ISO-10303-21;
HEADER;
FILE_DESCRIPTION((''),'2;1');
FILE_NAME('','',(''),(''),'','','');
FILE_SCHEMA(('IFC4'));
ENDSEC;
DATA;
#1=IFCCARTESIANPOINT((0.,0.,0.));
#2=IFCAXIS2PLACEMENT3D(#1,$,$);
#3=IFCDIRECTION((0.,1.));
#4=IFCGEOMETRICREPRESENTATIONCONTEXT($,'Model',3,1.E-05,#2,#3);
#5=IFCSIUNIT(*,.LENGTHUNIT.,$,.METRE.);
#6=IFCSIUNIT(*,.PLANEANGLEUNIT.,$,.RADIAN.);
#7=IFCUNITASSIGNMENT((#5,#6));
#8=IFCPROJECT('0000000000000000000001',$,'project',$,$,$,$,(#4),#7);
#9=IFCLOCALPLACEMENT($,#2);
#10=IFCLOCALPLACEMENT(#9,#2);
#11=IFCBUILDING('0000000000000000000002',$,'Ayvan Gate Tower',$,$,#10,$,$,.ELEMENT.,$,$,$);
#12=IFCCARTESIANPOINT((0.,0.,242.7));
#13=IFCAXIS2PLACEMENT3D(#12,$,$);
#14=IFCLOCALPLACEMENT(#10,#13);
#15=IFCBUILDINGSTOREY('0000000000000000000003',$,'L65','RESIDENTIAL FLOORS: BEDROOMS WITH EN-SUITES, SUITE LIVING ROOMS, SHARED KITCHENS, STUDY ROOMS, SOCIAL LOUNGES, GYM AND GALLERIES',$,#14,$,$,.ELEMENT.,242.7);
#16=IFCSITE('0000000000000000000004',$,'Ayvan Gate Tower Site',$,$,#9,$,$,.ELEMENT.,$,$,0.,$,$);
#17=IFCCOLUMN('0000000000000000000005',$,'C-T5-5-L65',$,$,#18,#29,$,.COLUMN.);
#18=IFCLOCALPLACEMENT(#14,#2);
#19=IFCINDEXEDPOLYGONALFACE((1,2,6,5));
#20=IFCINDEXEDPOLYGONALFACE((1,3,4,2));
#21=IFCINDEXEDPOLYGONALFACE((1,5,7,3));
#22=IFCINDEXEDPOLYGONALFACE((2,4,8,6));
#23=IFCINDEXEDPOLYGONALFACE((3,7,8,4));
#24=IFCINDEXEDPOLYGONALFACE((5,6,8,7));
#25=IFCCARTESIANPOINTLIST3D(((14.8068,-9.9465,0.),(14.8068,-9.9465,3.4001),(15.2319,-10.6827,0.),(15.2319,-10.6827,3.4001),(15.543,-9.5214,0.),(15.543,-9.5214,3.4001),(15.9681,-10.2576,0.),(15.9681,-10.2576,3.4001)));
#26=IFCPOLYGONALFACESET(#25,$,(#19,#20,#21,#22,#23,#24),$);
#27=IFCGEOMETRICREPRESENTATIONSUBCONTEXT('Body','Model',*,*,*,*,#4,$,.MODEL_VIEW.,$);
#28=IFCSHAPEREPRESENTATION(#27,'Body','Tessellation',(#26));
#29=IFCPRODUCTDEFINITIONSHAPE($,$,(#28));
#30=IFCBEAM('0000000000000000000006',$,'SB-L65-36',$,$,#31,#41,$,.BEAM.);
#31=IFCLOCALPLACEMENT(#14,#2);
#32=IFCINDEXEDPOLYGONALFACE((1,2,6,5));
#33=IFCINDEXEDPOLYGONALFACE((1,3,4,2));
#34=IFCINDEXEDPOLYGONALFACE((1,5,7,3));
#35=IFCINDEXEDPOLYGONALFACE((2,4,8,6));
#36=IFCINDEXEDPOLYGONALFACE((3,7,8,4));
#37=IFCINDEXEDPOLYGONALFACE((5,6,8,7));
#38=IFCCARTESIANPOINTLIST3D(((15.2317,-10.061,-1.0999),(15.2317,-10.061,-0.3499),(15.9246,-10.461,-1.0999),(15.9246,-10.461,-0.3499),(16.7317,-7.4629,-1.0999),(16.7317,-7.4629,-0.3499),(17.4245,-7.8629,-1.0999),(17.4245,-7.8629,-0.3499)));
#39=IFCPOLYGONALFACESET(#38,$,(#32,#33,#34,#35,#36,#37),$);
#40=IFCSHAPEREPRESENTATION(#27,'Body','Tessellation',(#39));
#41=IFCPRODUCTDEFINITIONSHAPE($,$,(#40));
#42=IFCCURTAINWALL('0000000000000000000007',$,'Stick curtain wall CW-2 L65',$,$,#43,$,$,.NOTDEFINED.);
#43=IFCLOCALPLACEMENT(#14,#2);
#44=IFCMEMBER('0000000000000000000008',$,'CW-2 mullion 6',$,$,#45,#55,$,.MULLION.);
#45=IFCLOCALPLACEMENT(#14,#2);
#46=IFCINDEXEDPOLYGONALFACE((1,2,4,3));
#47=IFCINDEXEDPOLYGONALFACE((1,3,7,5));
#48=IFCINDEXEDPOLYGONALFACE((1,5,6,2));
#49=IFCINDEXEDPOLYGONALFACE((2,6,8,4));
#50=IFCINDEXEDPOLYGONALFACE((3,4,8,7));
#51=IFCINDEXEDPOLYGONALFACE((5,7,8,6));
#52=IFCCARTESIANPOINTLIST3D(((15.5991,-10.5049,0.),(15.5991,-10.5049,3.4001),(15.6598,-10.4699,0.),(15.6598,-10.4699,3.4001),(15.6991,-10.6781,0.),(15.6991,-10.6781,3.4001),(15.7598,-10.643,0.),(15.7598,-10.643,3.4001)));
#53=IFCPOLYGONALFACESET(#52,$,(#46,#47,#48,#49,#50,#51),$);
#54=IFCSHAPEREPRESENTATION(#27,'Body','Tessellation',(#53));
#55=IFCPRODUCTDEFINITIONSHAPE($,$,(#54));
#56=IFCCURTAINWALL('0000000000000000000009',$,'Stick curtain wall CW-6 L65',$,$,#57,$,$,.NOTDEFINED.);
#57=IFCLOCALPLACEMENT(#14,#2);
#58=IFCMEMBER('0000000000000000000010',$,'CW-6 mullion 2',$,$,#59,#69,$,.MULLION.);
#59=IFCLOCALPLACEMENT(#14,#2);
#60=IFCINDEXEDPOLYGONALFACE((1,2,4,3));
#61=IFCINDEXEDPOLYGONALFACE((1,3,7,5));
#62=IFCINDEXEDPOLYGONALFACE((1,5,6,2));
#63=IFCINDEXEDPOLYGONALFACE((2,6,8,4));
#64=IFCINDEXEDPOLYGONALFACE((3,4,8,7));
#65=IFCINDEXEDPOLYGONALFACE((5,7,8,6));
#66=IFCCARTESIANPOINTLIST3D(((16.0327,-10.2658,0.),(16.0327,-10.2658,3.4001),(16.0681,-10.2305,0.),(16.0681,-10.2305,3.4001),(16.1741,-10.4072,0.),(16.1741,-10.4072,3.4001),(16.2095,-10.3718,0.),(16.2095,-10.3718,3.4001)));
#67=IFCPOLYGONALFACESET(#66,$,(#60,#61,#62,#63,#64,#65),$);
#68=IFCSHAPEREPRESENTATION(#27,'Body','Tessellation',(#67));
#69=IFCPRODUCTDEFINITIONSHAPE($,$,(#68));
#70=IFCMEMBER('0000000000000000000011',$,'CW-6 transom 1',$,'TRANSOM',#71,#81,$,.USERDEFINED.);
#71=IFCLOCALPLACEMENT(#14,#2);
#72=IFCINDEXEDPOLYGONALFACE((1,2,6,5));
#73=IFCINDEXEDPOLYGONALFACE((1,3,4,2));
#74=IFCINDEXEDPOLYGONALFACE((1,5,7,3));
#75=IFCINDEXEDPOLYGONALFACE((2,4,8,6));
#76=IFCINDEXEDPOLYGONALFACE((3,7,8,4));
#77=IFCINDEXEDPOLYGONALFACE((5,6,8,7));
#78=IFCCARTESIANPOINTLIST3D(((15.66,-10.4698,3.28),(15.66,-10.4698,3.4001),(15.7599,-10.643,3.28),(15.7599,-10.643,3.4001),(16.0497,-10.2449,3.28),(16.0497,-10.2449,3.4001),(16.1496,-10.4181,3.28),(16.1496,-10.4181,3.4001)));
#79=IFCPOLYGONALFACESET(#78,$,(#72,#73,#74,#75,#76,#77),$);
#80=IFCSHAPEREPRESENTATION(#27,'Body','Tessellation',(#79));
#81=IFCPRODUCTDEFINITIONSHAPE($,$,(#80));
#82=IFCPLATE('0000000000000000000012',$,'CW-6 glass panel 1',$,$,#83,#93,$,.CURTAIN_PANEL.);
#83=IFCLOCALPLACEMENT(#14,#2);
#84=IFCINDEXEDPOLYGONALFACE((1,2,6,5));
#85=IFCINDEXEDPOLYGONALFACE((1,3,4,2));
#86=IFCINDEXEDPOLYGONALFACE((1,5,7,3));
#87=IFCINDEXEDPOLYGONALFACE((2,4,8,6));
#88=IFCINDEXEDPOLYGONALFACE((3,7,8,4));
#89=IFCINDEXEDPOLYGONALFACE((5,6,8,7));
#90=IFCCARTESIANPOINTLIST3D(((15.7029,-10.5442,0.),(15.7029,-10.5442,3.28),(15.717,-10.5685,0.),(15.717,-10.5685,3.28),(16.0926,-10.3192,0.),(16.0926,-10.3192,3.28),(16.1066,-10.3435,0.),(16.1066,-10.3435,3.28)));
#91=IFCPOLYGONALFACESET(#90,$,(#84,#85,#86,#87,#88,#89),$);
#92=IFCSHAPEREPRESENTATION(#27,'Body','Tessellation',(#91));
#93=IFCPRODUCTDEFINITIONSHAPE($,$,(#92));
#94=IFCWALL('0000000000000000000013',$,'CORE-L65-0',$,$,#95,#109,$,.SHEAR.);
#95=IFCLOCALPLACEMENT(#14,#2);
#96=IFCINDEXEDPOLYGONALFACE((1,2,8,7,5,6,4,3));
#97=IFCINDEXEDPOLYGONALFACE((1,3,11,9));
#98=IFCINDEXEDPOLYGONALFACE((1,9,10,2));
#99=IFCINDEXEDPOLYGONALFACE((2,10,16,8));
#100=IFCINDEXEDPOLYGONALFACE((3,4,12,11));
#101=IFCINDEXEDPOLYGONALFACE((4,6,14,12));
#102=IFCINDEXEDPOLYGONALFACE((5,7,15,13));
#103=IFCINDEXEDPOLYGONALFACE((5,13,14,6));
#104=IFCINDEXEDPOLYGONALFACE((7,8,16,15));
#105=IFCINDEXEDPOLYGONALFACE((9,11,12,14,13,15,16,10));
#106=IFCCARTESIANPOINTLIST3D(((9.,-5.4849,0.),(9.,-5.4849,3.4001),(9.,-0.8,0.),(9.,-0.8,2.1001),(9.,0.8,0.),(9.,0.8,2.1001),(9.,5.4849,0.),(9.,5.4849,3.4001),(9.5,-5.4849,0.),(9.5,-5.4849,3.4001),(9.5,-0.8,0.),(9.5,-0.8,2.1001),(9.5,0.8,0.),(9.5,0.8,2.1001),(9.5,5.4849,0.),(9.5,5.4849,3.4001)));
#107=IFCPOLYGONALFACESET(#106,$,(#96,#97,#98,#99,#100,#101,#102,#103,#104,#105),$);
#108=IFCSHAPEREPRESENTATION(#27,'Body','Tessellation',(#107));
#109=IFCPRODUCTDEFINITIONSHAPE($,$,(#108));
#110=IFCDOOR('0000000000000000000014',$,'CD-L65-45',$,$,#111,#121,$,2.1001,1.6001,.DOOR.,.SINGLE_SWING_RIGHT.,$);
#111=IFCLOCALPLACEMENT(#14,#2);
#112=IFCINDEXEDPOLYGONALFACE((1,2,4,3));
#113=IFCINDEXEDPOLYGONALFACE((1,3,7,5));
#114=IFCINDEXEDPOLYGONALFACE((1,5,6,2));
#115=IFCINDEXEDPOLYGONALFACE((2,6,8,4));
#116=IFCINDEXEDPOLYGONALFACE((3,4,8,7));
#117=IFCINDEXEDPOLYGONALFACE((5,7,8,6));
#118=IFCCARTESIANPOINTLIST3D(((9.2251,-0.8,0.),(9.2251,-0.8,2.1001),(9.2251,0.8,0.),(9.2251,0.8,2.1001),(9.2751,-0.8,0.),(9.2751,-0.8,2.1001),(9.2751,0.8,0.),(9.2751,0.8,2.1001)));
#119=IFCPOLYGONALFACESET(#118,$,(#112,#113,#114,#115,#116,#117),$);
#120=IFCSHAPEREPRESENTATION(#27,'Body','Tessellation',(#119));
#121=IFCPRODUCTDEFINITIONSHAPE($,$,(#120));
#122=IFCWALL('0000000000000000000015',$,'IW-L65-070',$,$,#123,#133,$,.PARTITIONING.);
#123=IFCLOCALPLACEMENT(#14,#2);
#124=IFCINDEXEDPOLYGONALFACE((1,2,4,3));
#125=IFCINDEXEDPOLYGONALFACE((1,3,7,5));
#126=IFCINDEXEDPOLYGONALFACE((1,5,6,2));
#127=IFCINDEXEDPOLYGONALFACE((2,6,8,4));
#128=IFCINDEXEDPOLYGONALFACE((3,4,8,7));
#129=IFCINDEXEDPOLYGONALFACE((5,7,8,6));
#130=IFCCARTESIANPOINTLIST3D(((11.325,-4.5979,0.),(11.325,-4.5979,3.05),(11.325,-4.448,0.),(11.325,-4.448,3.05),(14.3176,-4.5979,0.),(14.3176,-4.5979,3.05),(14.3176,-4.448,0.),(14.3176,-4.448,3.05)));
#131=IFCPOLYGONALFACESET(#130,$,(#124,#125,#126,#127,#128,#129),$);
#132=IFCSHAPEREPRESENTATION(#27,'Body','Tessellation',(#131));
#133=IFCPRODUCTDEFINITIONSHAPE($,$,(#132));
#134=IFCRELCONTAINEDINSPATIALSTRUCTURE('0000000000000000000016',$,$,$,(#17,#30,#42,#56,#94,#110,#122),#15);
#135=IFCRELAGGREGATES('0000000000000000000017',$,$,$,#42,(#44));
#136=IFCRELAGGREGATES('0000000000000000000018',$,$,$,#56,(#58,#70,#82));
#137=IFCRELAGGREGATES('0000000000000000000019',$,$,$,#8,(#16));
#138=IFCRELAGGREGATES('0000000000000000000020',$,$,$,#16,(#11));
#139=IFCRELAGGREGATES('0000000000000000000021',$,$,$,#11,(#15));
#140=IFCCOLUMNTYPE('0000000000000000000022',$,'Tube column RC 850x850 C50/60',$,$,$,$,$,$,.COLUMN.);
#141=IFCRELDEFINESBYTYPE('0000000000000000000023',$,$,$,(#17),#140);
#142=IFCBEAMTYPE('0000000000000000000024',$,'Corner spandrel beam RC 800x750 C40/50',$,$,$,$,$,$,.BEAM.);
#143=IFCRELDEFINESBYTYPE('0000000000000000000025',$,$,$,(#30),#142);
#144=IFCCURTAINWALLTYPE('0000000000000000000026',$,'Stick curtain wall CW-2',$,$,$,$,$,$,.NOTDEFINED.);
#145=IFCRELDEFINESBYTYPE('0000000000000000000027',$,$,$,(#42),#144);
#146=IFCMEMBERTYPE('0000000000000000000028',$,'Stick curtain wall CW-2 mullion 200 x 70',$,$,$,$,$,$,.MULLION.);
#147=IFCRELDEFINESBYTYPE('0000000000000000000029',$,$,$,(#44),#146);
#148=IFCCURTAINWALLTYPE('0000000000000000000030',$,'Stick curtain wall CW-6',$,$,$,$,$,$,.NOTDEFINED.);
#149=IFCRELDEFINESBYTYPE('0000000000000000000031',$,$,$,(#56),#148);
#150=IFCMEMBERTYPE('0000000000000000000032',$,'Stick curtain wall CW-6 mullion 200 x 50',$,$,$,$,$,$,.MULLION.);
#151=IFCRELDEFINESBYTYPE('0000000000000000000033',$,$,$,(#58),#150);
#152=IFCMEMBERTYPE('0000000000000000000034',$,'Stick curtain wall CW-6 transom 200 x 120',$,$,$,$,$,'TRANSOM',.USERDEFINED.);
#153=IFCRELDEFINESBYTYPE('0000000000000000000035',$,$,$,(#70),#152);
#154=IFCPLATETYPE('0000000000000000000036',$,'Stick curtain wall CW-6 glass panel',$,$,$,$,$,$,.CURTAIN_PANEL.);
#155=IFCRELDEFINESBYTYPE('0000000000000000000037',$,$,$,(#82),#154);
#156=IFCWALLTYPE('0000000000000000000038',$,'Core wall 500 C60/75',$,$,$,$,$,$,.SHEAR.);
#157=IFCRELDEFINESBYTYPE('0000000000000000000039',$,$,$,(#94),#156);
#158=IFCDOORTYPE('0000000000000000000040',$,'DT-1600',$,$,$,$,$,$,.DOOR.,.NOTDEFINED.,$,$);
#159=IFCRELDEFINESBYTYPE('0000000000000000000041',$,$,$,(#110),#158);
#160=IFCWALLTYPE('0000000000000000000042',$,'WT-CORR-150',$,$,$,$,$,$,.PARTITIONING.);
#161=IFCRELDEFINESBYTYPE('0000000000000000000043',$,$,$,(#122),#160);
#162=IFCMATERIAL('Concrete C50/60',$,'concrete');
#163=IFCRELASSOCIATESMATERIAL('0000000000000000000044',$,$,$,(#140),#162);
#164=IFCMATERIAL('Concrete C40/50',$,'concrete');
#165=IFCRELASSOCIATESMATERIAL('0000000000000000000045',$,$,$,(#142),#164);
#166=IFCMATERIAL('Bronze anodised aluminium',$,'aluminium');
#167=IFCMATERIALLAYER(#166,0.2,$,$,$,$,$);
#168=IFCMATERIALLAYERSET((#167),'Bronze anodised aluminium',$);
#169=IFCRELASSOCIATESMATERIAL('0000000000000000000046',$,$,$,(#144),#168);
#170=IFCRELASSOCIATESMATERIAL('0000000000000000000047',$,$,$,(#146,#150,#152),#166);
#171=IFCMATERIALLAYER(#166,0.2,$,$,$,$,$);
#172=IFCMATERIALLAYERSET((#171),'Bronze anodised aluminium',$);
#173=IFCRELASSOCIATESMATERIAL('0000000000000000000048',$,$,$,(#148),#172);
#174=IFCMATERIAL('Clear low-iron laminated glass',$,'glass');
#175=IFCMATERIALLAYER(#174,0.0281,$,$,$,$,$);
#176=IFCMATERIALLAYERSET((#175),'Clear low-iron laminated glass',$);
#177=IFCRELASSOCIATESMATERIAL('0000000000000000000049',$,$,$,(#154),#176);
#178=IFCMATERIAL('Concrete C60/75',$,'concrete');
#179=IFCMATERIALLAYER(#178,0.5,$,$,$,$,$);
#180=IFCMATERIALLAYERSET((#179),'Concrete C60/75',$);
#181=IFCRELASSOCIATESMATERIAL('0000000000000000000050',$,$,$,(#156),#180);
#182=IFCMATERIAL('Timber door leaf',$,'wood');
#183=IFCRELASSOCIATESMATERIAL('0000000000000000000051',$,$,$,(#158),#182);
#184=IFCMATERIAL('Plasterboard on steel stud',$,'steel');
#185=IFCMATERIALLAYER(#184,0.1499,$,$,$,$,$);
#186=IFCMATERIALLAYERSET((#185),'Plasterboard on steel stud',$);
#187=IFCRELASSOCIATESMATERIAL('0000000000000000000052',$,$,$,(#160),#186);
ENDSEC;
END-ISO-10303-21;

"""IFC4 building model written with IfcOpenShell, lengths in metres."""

from ifc_helpers import new_model, si_unit, direction, frame, frame_2d, origin, origin_2d, place, context, subcontext, project, spatial, rectangle, extrude, material, layer, layer_set, material_profile, profile_set, type_object, element, fill, aggregate, save


model = new_model("IFC4")

# Units and contexts
model_context = context("Model", 3, precision=1e-05, world=origin(), true_north=direction((0.0, 1.0)))
body_context = subcontext(model_context, "Body", "Model", "MODEL_VIEW")
ifc_project = project(units=[si_unit("LENGTHUNIT", "METRE"), si_unit("PLANEANGLEUNIT", "RADIAN")], contexts=[model_context])

# Site, building, storey
site_placement = place(None, origin())
site = spatial("IfcSite", under=ifc_project, at=site_placement, Name="Ayvan Gate Tower Site", CompositionType="ELEMENT", RefElevation=0.0)
building_placement = place(site_placement, origin())
building = spatial("IfcBuilding", under=site, at=building_placement, Name="Ayvan Gate Tower", CompositionType="ELEMENT")
storey_placement = place(building_placement, frame((0.0, 0.0, 242.7)))
storey = spatial("IfcBuildingStorey", under=building, at=storey_placement, Name="L65", Description="RESIDENTIAL FLOORS: BEDROOMS WITH EN-SUITES, SUITE LIVING ROOMS, SHARED KITCHENS, STUDY ROOMS, SOCIAL LOUNGES, GYM AND GALLERIES", CompositionType="ELEMENT", Elevation=242.7)

# Column
ifc_material_1 = material(Name="Concrete C50/60", Category="concrete")
ifc_material_profile_1 = material_profile(ifc_material_1, rectangle(XDim=0.8501, YDim=0.8501, at=origin_2d()), Name="RC 850x850")
ifc_profile_set_1 = profile_set([ifc_material_profile_1], Name="Concrete C50/60")
column_type = type_object("IfcColumnType", Name="Tube column RC 850x850 C50/60", PredefinedType="COLUMN", material=ifc_profile_set_1)
column_placement = place(storey_placement, frame((15.3875, -10.1021, 0.0), z_axis=(0.0, 0.0, 1.0), x_axis=(0.5, -0.866025, 0.0)))
element("IfcColumn", 1, at=column_placement, inside=storey, type_object=column_type, Name="C-T5-5-L65", PredefinedType="COLUMN", context=body_context, shape_type="SweptSolid", body=[
    extrude(rectangle(XDim=0.8501, YDim=0.8501, at=origin_2d()), origin(), (0.0, 0.0, 1.0), 3.4001),
])

# Beam
ifc_material_2 = material(Name="Concrete C40/50", Category="concrete")
ifc_material_profile_2 = material_profile(ifc_material_2, rectangle(XDim=0.8, YDim=0.75, at=origin_2d()), Name="RC 800x750")
ifc_profile_set_2 = profile_set([ifc_material_profile_2], Name="Concrete C40/50")
beam_type = type_object("IfcBeamType", Name="Corner spandrel beam RC 800x750 C40/50", PredefinedType="BEAM", material=ifc_profile_set_2)
beam_placement = place(storey_placement, frame((15.5781, -10.261, -0.7249), z_axis=(0.49999, 0.866031, 0.0), x_axis=(-0.866031, 0.49999, 0.0)))
element("IfcBeam", 2, at=beam_placement, inside=storey, type_object=beam_type, Name="SB-L65-36", PredefinedType="BEAM", context=body_context, shape_type="SweptSolid", body=[
    extrude(rectangle(XDim=0.8, YDim=0.75, at=origin_2d()), origin(), (0.0, 0.0, 1.0), 3.0),
])

# Curtain wall, member
ifc_material_3 = material(Name="Bronze anodised aluminium", Category="aluminium")
ifc_layer_1 = layer(ifc_material_3, 0.2)
ifc_layer_set_1 = layer_set([ifc_layer_1], Name="Bronze anodised aluminium")
curtain_wall_type_1 = type_object("IfcCurtainWallType", Name="Stick curtain wall CW-2", PredefinedType="NOTDEFINED", material=ifc_layer_set_1)
curtain_wall_1_placement = place(storey_placement, origin())
curtain_wall_1 = element("IfcCurtainWall", 3, at=curtain_wall_1_placement, inside=storey, type_object=curtain_wall_type_1, Name="Stick curtain wall CW-2 L65", PredefinedType="NOTDEFINED")
ifc_material_profile_3 = material_profile(ifc_material_3, rectangle(XDim=0.2, YDim=0.0701, at=origin_2d()), Name="Stick curtain wall CW-2 mullion 200 x 70")
ifc_profile_set_3 = profile_set([ifc_material_profile_3], Name="Bronze anodised aluminium")
member_type_1 = type_object("IfcMemberType", Name="Stick curtain wall CW-2 mullion 200 x 70", PredefinedType="MULLION", material=ifc_profile_set_3)
member_1_placement = place(storey_placement, frame((15.6794, -10.574, 0.0), z_axis=(0.0, 0.0, 1.0), x_axis=(0.5, -0.866025, 0.0)))
member_1 = element("IfcMember", 4, at=member_1_placement, type_object=member_type_1, Name="CW-2 mullion 6", PredefinedType="MULLION", context=body_context, shape_type="SweptSolid", body=[
    extrude(rectangle(XDim=0.2, YDim=0.0701, at=origin_2d()), origin(), (0.0, 0.0, 1.0), 3.4001),
])
aggregate(curtain_wall_1, [member_1])

# Curtain wall, members, plate
ifc_layer_2 = layer(ifc_material_3, 0.2)
ifc_layer_set_2 = layer_set([ifc_layer_2], Name="Bronze anodised aluminium")
curtain_wall_type_2 = type_object("IfcCurtainWallType", Name="Stick curtain wall CW-6", PredefinedType="NOTDEFINED", material=ifc_layer_set_2)
curtain_wall_2_placement = place(storey_placement, origin())
curtain_wall_2 = element("IfcCurtainWall", 5, at=curtain_wall_2_placement, inside=storey, type_object=curtain_wall_type_2, Name="Stick curtain wall CW-6 L65", PredefinedType="NOTDEFINED")
ifc_material_profile_4 = material_profile(ifc_material_3, rectangle(XDim=0.2, YDim=0.05, at=origin_2d()), Name="Stick curtain wall CW-6 mullion 200 x 50")
ifc_profile_set_4 = profile_set([ifc_material_profile_4], Name="Bronze anodised aluminium")
member_type_2 = type_object("IfcMemberType", Name="Stick curtain wall CW-6 mullion 200 x 50", PredefinedType="MULLION", material=ifc_profile_set_4)
member_2_placement = place(storey_placement, frame((16.1211, -10.3188, 0.0), z_axis=(0.0, 0.0, 1.0), x_axis=(0.707107, -0.707107, 0.0)))
member_2 = element("IfcMember", 6, at=member_2_placement, type_object=member_type_2, Name="CW-6 mullion 2", PredefinedType="MULLION", context=body_context, shape_type="SweptSolid", body=[
    extrude(rectangle(XDim=0.2, YDim=0.05, at=origin_2d()), origin(), (0.0, 0.0, 1.0), 3.4001),
])
ifc_material_profile_5 = material_profile(ifc_material_3, rectangle(XDim=0.2, YDim=0.1201, at=origin_2d()), Name="Stick curtain wall CW-6 transom 200 x 120")
ifc_profile_set_5 = profile_set([ifc_material_profile_5], Name="Bronze anodised aluminium")
member_type_3 = type_object("IfcMemberType", Name="Stick curtain wall CW-6 transom 200 x 120", ElementType="TRANSOM", PredefinedType="USERDEFINED", material=ifc_profile_set_5)
member_3_placement = place(storey_placement, frame((15.71, -10.5564, 3.3401), z_axis=(0.866131, 0.499816, 0.0), x_axis=(-0.499816, 0.866131, 0.0)))
member_3 = element("IfcMember", 7, at=member_3_placement, type_object=member_type_3, Name="CW-6 transom 1", ObjectType="TRANSOM", PredefinedType="USERDEFINED", context=body_context, shape_type="SweptSolid", body=[
    extrude(rectangle(XDim=0.2, YDim=0.1201, at=origin_2d()), origin(), (0.0, 0.0, 1.0), 0.45),
])
ifc_material_4 = material(Name="Clear low-iron laminated glass", Category="glass")
ifc_layer_3 = layer(ifc_material_4, 0.0281)
ifc_layer_set_3 = layer_set([ifc_layer_3], Name="Clear low-iron laminated glass")
plate_type = type_object("IfcPlateType", Name="Stick curtain wall CW-6 glass panel", PredefinedType="CURTAIN_PANEL", material=ifc_layer_set_3)
plate_placement = place(storey_placement, frame((15.9048, -10.4438, 0.0), z_axis=(0.0, 0.0, 1.0), x_axis=(0.866025, 0.5, 0.0)))
plate = element("IfcPlate", 8, at=plate_placement, type_object=plate_type, Name="CW-6 glass panel 1", PredefinedType="CURTAIN_PANEL", context=body_context, shape_type="SweptSolid", body=[
    extrude(rectangle(XDim=0.45, YDim=0.0281, at=origin_2d()), origin(), (0.0, 0.0, 1.0), 3.28),
])
aggregate(curtain_wall_2, [member_2, member_3, plate])

# Wall, opening, door
ifc_material_5 = material(Name="Concrete C60/75", Category="concrete")
ifc_layer_4 = layer(ifc_material_5, 0.5)
ifc_layer_set_4 = layer_set([ifc_layer_4], Name="Concrete C60/75")
wall_type_1 = type_object("IfcWallType", Name="Core wall 500 C60/75", PredefinedType="SHEAR", material=ifc_layer_set_4)
wall_1_placement = place(storey_placement, frame((9.25, -5.4849, 0.0), z_axis=(0.0, 0.0, 1.0), x_axis=(0.0, 1.0, 0.0)))
wall_1 = element("IfcWall", 9, at=wall_1_placement, inside=storey, type_object=wall_type_1, Name="CORE-L65-0", PredefinedType="SHEAR", context=body_context, shape_type="SweptSolid", body=[
    extrude(rectangle(XDim=10.9697, YDim=0.5, at=frame_2d((5.4849, 0.0))), origin(), (0.0, 0.0, 1.0), 3.4001),
])
opening_1_placement = place(wall_1_placement, frame((4.6848, 0.0, 0.0)))
opening_1 = element("IfcOpeningElement", 10, at=opening_1_placement, cuts=wall_1, PredefinedType="OPENING", context=body_context, shape_type="SweptSolid", body=[
    extrude(rectangle(XDim=1.6001, YDim=2.1001, at=frame_2d((0.8, 1.05))), frame((0.0, 0.26, 0.0), z_axis=(0.0, -1.0, 0.0), x_axis=(1.0, 0.0, 0.0)), (0.0, 0.0, 1.0), 0.52),
])
ifc_material_6 = material(Name="Timber door leaf", Category="wood")
door_type_1 = type_object("IfcDoorType", Name="DT-1600", OperationType="NOTDEFINED", PredefinedType="DOOR", material=ifc_material_6)
door_1_placement = place(opening_1_placement, origin())
door_1 = element("IfcDoor", 11, at=door_1_placement, inside=storey, type_object=door_type_1, Name="CD-L65-45", OperationType="SINGLE_SWING_RIGHT", OverallHeight=2.1001, OverallWidth=1.6001, PredefinedType="DOOR", context=body_context, shape_type="SweptSolid", body=[
    extrude(rectangle(XDim=1.6001, YDim=2.1001, at=frame_2d((0.8, 1.05))), frame((0.0, 0.0249, 0.0), z_axis=(0.0, -1.0, 0.0), x_axis=(1.0, 0.0, 0.0)), (0.0, 0.0, 1.0), 0.05),
])
fill(opening_1, door_1)

# Wall
ifc_material_7 = material(Name="Plasterboard on steel stud", Category="steel")
ifc_layer_5 = layer(ifc_material_7, 0.1499)
ifc_layer_set_5 = layer_set([ifc_layer_5], Name="Plasterboard on steel stud")
wall_type_2 = type_object("IfcWallType", Name="WT-CORR-150", PredefinedType="PARTITIONING", material=ifc_layer_set_5)
wall_2_placement = place(storey_placement, frame((11.325, -4.5229, 0.0), z_axis=(0.0, 0.0, 1.0), x_axis=(1.0, 0.0, 0.0)))
element("IfcWall", 12, at=wall_2_placement, inside=storey, type_object=wall_type_2, Name="IW-L65-070", PredefinedType="PARTITIONING", context=body_context, shape_type="SweptSolid", body=[
    extrude(rectangle(XDim=2.9927, YDim=0.1499, at=frame_2d((1.4963, 0.0))), origin(), (0.0, 0.0, 1.0), 3.05),
])

save(model, "model.ifc")
